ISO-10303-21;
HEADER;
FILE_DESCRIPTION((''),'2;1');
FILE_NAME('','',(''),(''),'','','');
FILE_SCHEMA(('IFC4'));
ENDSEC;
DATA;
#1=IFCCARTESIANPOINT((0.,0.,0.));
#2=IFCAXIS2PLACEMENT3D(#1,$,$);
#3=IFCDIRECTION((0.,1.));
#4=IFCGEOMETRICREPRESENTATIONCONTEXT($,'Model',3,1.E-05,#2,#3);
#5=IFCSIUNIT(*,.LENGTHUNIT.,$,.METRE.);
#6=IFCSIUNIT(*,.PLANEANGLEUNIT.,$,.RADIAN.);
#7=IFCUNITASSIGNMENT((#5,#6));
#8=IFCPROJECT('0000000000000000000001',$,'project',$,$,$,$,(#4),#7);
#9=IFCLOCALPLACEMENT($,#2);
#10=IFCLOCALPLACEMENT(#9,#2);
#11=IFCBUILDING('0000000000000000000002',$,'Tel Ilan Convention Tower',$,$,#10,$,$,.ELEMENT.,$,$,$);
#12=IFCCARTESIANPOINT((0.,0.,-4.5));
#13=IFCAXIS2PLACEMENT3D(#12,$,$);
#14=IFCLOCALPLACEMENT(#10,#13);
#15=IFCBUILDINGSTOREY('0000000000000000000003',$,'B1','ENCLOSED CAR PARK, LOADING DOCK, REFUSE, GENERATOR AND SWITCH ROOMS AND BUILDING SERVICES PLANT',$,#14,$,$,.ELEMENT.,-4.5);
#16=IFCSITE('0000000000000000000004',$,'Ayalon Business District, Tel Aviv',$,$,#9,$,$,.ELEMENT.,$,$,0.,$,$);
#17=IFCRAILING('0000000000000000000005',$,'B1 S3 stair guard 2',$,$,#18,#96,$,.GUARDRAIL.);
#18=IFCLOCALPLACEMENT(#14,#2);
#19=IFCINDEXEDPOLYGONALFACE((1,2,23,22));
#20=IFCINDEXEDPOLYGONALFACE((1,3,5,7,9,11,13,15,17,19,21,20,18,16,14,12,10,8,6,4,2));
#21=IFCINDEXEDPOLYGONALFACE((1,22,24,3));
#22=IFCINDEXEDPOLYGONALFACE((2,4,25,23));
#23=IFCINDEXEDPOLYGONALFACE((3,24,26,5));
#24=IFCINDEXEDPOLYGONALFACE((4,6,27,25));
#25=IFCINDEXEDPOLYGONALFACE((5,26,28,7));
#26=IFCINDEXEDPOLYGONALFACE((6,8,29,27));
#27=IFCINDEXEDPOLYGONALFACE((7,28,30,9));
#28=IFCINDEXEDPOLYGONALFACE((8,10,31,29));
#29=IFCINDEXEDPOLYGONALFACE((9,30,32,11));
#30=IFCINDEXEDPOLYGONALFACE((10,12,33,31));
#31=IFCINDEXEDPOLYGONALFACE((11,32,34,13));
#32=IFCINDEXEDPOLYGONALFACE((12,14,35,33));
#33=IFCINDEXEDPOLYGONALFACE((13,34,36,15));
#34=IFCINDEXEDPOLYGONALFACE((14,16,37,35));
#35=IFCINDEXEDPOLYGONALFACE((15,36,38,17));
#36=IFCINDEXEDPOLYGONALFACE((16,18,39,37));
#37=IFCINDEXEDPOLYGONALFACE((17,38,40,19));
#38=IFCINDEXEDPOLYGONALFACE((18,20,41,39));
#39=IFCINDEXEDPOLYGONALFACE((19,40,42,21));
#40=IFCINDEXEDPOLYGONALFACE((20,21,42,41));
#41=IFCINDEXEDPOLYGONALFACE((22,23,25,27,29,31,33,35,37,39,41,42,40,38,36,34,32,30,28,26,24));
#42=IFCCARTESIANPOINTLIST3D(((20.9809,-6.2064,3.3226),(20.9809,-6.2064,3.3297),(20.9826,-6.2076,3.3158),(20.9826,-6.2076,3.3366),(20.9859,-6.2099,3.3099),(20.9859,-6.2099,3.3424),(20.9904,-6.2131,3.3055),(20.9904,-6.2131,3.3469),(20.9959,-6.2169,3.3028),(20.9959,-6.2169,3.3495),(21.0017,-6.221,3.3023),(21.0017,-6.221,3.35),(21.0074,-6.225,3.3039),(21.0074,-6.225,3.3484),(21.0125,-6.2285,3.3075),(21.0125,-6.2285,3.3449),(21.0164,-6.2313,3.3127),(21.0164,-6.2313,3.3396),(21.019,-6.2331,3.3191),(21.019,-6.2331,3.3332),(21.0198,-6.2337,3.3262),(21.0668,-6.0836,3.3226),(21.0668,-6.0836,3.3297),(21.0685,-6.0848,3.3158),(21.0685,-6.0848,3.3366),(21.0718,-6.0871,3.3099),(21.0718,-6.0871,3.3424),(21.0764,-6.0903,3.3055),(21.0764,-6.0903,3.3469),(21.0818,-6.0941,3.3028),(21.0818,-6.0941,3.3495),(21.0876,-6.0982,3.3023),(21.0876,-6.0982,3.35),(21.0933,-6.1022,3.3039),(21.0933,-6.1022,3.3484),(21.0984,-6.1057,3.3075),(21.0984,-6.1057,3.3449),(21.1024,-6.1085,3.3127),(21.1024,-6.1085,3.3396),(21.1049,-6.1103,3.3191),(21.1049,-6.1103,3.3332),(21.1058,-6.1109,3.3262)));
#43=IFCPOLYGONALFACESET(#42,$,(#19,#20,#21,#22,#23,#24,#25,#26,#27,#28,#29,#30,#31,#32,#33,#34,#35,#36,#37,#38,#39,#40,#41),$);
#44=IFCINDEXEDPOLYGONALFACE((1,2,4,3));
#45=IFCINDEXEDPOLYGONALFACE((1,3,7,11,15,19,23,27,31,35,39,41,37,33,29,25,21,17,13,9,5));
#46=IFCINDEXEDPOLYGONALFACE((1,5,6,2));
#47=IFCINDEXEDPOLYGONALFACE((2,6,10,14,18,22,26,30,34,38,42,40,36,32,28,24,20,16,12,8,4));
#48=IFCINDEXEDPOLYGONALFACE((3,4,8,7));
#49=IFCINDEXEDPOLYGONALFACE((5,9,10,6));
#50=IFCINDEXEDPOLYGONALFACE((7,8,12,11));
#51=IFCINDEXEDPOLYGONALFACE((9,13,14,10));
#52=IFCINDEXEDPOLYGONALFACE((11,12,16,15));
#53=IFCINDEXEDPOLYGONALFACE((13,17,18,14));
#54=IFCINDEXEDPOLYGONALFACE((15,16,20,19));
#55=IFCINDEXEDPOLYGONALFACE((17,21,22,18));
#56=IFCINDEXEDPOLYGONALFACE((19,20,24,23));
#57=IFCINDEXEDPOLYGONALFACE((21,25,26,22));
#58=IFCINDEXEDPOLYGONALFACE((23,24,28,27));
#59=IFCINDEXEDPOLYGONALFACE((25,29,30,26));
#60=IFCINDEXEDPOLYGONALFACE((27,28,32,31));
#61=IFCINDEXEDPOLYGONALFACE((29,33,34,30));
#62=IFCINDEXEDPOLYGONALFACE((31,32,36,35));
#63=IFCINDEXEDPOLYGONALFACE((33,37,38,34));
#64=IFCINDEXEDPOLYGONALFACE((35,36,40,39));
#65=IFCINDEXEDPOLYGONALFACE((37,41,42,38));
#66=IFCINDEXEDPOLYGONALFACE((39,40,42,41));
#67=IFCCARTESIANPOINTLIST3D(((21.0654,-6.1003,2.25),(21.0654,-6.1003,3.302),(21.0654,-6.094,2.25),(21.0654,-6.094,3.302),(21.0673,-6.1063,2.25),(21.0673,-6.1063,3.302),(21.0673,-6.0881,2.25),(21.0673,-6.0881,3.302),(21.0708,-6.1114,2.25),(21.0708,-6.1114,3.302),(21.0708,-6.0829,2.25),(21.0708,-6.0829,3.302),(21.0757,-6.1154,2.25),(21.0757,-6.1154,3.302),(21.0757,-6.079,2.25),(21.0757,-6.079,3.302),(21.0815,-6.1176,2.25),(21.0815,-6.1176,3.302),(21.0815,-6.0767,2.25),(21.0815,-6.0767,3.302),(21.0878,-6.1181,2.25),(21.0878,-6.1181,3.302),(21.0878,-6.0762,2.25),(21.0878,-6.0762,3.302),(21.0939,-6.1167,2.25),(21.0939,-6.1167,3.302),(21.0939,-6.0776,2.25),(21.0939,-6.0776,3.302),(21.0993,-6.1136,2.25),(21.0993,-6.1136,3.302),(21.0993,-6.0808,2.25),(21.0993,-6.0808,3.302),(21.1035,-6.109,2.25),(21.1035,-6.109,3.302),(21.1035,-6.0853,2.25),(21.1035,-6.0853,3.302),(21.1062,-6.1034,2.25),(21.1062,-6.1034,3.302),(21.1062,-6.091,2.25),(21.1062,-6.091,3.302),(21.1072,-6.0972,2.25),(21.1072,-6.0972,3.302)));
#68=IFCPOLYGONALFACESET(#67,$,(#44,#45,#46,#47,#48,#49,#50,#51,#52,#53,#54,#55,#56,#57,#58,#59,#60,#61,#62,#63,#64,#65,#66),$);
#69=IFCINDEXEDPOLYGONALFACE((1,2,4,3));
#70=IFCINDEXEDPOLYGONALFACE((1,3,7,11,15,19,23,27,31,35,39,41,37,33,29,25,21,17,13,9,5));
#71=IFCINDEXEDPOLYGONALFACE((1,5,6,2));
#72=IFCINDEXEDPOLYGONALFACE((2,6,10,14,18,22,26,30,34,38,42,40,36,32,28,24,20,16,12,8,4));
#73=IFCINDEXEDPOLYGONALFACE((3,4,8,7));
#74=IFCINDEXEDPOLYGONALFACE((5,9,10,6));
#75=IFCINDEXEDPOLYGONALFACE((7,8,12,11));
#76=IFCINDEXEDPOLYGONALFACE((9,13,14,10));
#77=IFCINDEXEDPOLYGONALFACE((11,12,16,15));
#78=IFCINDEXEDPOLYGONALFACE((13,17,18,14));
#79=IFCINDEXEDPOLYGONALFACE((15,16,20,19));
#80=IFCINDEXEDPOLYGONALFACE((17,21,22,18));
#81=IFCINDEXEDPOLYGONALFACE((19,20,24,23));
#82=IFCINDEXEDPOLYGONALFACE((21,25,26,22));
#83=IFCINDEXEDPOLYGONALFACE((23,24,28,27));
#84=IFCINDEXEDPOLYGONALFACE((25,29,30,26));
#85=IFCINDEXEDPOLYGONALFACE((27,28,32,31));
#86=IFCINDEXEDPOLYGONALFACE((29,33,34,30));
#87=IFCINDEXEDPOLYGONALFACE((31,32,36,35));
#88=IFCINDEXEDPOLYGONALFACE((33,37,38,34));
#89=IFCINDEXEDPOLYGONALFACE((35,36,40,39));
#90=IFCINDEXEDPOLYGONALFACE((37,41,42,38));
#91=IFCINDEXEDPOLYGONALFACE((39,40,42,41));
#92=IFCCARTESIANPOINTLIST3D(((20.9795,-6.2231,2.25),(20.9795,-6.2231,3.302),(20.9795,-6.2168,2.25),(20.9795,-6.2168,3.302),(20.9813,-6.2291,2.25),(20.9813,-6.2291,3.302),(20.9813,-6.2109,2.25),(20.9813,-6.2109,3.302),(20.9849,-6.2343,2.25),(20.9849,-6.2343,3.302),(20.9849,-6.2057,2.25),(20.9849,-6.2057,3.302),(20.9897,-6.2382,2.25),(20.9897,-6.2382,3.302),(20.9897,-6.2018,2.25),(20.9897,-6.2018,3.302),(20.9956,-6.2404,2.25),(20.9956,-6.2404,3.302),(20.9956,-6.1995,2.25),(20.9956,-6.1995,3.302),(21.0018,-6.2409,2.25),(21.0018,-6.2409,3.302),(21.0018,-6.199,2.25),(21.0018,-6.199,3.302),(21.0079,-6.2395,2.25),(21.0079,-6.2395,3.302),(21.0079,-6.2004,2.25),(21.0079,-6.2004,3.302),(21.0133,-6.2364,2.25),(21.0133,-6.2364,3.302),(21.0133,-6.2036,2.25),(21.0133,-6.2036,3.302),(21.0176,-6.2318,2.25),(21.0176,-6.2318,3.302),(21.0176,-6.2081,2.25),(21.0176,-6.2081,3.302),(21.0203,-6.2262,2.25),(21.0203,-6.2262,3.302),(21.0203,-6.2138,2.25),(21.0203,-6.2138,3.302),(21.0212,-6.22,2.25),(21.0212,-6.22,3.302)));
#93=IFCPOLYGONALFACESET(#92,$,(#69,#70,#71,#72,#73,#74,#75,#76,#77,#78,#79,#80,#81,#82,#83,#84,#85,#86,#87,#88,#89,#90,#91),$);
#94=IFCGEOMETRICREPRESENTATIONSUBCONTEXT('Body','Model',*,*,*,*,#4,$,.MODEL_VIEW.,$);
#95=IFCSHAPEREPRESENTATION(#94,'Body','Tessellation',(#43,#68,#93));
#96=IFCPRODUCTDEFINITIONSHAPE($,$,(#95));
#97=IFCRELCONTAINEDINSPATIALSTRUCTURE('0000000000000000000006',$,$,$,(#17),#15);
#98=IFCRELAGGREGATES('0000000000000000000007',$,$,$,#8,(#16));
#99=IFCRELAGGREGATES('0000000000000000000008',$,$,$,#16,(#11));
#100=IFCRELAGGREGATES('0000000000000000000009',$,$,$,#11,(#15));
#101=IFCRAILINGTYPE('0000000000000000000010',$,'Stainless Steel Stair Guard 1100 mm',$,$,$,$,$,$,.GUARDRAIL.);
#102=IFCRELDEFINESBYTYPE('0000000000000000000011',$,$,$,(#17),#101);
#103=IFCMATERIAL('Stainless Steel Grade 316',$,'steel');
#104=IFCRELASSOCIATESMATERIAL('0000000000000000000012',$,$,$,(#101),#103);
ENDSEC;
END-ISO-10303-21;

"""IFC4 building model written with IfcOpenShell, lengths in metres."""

from ifc_helpers import new_model, si_unit, direction, frame, origin, origin_2d, place, context, subcontext, project, spatial, circle, extrude, material, type_object, element, save


model = new_model("IFC4")

# Units and contexts
model_context = context("Model", 3, precision=1e-05, world=origin(), true_north=direction((0.0, 1.0)))
body_context = subcontext(model_context, "Body", "Model", "MODEL_VIEW")
ifc_project = project(units=[si_unit("LENGTHUNIT", "METRE"), si_unit("PLANEANGLEUNIT", "RADIAN")], contexts=[model_context])

# Site, building, storey
site_placement = place(None, origin())
site = spatial("IfcSite", under=ifc_project, at=site_placement, Name="Ayalon Business District, Tel Aviv", CompositionType="ELEMENT", RefElevation=0.0)
building_placement = place(site_placement, origin())
building = spatial("IfcBuilding", under=site, at=building_placement, Name="Tel Ilan Convention Tower", CompositionType="ELEMENT")
storey_placement = place(building_placement, frame((0.0, 0.0, -4.5)))
storey = spatial("IfcBuildingStorey", under=building, at=storey_placement, Name="B1", Description="ENCLOSED CAR PARK, LOADING DOCK, REFUSE, GENERATOR AND SWITCH ROOMS AND BUILDING SERVICES PLANT", CompositionType="ELEMENT", Elevation=-4.5)

# Railing
ifc_material_1 = material(Name="Stainless Steel Grade 316", Category="steel")
railing_type_1 = type_object("IfcRailingType", Name="Stainless Steel Stair Guard 1100 mm", PredefinedType="GUARDRAIL", material=ifc_material_1)
railing_1_placement = place(storey_placement, frame((21.0862, -6.0972, 2.25)))
element("IfcRailing", 1, at=railing_1_placement, inside=storey, type_object=railing_type_1, Name="B1 S3 stair guard 2", PredefinedType="GUARDRAIL", context=body_context, shape_type="SweptSolid", body=[
    extrude(circle(Radius=0.0239, at=origin_2d()), frame((0.0, 0.0, 1.0762), z_axis=(-0.573353, -0.819308, 0.0), x_axis=(0.819308, -0.573353, 0.0)), (0.0, 0.0, 1.0), 0.1499),
    extrude(circle(Radius=0.021, at=origin_2d()), origin(), (0.0, 0.0, 1.0), 1.052),
    extrude(circle(Radius=0.021, at=origin_2d()), frame((-0.0859, -0.1228, 0.0)), (0.0, 0.0, 1.0), 1.052),
])

save(model, "model.ifc")
